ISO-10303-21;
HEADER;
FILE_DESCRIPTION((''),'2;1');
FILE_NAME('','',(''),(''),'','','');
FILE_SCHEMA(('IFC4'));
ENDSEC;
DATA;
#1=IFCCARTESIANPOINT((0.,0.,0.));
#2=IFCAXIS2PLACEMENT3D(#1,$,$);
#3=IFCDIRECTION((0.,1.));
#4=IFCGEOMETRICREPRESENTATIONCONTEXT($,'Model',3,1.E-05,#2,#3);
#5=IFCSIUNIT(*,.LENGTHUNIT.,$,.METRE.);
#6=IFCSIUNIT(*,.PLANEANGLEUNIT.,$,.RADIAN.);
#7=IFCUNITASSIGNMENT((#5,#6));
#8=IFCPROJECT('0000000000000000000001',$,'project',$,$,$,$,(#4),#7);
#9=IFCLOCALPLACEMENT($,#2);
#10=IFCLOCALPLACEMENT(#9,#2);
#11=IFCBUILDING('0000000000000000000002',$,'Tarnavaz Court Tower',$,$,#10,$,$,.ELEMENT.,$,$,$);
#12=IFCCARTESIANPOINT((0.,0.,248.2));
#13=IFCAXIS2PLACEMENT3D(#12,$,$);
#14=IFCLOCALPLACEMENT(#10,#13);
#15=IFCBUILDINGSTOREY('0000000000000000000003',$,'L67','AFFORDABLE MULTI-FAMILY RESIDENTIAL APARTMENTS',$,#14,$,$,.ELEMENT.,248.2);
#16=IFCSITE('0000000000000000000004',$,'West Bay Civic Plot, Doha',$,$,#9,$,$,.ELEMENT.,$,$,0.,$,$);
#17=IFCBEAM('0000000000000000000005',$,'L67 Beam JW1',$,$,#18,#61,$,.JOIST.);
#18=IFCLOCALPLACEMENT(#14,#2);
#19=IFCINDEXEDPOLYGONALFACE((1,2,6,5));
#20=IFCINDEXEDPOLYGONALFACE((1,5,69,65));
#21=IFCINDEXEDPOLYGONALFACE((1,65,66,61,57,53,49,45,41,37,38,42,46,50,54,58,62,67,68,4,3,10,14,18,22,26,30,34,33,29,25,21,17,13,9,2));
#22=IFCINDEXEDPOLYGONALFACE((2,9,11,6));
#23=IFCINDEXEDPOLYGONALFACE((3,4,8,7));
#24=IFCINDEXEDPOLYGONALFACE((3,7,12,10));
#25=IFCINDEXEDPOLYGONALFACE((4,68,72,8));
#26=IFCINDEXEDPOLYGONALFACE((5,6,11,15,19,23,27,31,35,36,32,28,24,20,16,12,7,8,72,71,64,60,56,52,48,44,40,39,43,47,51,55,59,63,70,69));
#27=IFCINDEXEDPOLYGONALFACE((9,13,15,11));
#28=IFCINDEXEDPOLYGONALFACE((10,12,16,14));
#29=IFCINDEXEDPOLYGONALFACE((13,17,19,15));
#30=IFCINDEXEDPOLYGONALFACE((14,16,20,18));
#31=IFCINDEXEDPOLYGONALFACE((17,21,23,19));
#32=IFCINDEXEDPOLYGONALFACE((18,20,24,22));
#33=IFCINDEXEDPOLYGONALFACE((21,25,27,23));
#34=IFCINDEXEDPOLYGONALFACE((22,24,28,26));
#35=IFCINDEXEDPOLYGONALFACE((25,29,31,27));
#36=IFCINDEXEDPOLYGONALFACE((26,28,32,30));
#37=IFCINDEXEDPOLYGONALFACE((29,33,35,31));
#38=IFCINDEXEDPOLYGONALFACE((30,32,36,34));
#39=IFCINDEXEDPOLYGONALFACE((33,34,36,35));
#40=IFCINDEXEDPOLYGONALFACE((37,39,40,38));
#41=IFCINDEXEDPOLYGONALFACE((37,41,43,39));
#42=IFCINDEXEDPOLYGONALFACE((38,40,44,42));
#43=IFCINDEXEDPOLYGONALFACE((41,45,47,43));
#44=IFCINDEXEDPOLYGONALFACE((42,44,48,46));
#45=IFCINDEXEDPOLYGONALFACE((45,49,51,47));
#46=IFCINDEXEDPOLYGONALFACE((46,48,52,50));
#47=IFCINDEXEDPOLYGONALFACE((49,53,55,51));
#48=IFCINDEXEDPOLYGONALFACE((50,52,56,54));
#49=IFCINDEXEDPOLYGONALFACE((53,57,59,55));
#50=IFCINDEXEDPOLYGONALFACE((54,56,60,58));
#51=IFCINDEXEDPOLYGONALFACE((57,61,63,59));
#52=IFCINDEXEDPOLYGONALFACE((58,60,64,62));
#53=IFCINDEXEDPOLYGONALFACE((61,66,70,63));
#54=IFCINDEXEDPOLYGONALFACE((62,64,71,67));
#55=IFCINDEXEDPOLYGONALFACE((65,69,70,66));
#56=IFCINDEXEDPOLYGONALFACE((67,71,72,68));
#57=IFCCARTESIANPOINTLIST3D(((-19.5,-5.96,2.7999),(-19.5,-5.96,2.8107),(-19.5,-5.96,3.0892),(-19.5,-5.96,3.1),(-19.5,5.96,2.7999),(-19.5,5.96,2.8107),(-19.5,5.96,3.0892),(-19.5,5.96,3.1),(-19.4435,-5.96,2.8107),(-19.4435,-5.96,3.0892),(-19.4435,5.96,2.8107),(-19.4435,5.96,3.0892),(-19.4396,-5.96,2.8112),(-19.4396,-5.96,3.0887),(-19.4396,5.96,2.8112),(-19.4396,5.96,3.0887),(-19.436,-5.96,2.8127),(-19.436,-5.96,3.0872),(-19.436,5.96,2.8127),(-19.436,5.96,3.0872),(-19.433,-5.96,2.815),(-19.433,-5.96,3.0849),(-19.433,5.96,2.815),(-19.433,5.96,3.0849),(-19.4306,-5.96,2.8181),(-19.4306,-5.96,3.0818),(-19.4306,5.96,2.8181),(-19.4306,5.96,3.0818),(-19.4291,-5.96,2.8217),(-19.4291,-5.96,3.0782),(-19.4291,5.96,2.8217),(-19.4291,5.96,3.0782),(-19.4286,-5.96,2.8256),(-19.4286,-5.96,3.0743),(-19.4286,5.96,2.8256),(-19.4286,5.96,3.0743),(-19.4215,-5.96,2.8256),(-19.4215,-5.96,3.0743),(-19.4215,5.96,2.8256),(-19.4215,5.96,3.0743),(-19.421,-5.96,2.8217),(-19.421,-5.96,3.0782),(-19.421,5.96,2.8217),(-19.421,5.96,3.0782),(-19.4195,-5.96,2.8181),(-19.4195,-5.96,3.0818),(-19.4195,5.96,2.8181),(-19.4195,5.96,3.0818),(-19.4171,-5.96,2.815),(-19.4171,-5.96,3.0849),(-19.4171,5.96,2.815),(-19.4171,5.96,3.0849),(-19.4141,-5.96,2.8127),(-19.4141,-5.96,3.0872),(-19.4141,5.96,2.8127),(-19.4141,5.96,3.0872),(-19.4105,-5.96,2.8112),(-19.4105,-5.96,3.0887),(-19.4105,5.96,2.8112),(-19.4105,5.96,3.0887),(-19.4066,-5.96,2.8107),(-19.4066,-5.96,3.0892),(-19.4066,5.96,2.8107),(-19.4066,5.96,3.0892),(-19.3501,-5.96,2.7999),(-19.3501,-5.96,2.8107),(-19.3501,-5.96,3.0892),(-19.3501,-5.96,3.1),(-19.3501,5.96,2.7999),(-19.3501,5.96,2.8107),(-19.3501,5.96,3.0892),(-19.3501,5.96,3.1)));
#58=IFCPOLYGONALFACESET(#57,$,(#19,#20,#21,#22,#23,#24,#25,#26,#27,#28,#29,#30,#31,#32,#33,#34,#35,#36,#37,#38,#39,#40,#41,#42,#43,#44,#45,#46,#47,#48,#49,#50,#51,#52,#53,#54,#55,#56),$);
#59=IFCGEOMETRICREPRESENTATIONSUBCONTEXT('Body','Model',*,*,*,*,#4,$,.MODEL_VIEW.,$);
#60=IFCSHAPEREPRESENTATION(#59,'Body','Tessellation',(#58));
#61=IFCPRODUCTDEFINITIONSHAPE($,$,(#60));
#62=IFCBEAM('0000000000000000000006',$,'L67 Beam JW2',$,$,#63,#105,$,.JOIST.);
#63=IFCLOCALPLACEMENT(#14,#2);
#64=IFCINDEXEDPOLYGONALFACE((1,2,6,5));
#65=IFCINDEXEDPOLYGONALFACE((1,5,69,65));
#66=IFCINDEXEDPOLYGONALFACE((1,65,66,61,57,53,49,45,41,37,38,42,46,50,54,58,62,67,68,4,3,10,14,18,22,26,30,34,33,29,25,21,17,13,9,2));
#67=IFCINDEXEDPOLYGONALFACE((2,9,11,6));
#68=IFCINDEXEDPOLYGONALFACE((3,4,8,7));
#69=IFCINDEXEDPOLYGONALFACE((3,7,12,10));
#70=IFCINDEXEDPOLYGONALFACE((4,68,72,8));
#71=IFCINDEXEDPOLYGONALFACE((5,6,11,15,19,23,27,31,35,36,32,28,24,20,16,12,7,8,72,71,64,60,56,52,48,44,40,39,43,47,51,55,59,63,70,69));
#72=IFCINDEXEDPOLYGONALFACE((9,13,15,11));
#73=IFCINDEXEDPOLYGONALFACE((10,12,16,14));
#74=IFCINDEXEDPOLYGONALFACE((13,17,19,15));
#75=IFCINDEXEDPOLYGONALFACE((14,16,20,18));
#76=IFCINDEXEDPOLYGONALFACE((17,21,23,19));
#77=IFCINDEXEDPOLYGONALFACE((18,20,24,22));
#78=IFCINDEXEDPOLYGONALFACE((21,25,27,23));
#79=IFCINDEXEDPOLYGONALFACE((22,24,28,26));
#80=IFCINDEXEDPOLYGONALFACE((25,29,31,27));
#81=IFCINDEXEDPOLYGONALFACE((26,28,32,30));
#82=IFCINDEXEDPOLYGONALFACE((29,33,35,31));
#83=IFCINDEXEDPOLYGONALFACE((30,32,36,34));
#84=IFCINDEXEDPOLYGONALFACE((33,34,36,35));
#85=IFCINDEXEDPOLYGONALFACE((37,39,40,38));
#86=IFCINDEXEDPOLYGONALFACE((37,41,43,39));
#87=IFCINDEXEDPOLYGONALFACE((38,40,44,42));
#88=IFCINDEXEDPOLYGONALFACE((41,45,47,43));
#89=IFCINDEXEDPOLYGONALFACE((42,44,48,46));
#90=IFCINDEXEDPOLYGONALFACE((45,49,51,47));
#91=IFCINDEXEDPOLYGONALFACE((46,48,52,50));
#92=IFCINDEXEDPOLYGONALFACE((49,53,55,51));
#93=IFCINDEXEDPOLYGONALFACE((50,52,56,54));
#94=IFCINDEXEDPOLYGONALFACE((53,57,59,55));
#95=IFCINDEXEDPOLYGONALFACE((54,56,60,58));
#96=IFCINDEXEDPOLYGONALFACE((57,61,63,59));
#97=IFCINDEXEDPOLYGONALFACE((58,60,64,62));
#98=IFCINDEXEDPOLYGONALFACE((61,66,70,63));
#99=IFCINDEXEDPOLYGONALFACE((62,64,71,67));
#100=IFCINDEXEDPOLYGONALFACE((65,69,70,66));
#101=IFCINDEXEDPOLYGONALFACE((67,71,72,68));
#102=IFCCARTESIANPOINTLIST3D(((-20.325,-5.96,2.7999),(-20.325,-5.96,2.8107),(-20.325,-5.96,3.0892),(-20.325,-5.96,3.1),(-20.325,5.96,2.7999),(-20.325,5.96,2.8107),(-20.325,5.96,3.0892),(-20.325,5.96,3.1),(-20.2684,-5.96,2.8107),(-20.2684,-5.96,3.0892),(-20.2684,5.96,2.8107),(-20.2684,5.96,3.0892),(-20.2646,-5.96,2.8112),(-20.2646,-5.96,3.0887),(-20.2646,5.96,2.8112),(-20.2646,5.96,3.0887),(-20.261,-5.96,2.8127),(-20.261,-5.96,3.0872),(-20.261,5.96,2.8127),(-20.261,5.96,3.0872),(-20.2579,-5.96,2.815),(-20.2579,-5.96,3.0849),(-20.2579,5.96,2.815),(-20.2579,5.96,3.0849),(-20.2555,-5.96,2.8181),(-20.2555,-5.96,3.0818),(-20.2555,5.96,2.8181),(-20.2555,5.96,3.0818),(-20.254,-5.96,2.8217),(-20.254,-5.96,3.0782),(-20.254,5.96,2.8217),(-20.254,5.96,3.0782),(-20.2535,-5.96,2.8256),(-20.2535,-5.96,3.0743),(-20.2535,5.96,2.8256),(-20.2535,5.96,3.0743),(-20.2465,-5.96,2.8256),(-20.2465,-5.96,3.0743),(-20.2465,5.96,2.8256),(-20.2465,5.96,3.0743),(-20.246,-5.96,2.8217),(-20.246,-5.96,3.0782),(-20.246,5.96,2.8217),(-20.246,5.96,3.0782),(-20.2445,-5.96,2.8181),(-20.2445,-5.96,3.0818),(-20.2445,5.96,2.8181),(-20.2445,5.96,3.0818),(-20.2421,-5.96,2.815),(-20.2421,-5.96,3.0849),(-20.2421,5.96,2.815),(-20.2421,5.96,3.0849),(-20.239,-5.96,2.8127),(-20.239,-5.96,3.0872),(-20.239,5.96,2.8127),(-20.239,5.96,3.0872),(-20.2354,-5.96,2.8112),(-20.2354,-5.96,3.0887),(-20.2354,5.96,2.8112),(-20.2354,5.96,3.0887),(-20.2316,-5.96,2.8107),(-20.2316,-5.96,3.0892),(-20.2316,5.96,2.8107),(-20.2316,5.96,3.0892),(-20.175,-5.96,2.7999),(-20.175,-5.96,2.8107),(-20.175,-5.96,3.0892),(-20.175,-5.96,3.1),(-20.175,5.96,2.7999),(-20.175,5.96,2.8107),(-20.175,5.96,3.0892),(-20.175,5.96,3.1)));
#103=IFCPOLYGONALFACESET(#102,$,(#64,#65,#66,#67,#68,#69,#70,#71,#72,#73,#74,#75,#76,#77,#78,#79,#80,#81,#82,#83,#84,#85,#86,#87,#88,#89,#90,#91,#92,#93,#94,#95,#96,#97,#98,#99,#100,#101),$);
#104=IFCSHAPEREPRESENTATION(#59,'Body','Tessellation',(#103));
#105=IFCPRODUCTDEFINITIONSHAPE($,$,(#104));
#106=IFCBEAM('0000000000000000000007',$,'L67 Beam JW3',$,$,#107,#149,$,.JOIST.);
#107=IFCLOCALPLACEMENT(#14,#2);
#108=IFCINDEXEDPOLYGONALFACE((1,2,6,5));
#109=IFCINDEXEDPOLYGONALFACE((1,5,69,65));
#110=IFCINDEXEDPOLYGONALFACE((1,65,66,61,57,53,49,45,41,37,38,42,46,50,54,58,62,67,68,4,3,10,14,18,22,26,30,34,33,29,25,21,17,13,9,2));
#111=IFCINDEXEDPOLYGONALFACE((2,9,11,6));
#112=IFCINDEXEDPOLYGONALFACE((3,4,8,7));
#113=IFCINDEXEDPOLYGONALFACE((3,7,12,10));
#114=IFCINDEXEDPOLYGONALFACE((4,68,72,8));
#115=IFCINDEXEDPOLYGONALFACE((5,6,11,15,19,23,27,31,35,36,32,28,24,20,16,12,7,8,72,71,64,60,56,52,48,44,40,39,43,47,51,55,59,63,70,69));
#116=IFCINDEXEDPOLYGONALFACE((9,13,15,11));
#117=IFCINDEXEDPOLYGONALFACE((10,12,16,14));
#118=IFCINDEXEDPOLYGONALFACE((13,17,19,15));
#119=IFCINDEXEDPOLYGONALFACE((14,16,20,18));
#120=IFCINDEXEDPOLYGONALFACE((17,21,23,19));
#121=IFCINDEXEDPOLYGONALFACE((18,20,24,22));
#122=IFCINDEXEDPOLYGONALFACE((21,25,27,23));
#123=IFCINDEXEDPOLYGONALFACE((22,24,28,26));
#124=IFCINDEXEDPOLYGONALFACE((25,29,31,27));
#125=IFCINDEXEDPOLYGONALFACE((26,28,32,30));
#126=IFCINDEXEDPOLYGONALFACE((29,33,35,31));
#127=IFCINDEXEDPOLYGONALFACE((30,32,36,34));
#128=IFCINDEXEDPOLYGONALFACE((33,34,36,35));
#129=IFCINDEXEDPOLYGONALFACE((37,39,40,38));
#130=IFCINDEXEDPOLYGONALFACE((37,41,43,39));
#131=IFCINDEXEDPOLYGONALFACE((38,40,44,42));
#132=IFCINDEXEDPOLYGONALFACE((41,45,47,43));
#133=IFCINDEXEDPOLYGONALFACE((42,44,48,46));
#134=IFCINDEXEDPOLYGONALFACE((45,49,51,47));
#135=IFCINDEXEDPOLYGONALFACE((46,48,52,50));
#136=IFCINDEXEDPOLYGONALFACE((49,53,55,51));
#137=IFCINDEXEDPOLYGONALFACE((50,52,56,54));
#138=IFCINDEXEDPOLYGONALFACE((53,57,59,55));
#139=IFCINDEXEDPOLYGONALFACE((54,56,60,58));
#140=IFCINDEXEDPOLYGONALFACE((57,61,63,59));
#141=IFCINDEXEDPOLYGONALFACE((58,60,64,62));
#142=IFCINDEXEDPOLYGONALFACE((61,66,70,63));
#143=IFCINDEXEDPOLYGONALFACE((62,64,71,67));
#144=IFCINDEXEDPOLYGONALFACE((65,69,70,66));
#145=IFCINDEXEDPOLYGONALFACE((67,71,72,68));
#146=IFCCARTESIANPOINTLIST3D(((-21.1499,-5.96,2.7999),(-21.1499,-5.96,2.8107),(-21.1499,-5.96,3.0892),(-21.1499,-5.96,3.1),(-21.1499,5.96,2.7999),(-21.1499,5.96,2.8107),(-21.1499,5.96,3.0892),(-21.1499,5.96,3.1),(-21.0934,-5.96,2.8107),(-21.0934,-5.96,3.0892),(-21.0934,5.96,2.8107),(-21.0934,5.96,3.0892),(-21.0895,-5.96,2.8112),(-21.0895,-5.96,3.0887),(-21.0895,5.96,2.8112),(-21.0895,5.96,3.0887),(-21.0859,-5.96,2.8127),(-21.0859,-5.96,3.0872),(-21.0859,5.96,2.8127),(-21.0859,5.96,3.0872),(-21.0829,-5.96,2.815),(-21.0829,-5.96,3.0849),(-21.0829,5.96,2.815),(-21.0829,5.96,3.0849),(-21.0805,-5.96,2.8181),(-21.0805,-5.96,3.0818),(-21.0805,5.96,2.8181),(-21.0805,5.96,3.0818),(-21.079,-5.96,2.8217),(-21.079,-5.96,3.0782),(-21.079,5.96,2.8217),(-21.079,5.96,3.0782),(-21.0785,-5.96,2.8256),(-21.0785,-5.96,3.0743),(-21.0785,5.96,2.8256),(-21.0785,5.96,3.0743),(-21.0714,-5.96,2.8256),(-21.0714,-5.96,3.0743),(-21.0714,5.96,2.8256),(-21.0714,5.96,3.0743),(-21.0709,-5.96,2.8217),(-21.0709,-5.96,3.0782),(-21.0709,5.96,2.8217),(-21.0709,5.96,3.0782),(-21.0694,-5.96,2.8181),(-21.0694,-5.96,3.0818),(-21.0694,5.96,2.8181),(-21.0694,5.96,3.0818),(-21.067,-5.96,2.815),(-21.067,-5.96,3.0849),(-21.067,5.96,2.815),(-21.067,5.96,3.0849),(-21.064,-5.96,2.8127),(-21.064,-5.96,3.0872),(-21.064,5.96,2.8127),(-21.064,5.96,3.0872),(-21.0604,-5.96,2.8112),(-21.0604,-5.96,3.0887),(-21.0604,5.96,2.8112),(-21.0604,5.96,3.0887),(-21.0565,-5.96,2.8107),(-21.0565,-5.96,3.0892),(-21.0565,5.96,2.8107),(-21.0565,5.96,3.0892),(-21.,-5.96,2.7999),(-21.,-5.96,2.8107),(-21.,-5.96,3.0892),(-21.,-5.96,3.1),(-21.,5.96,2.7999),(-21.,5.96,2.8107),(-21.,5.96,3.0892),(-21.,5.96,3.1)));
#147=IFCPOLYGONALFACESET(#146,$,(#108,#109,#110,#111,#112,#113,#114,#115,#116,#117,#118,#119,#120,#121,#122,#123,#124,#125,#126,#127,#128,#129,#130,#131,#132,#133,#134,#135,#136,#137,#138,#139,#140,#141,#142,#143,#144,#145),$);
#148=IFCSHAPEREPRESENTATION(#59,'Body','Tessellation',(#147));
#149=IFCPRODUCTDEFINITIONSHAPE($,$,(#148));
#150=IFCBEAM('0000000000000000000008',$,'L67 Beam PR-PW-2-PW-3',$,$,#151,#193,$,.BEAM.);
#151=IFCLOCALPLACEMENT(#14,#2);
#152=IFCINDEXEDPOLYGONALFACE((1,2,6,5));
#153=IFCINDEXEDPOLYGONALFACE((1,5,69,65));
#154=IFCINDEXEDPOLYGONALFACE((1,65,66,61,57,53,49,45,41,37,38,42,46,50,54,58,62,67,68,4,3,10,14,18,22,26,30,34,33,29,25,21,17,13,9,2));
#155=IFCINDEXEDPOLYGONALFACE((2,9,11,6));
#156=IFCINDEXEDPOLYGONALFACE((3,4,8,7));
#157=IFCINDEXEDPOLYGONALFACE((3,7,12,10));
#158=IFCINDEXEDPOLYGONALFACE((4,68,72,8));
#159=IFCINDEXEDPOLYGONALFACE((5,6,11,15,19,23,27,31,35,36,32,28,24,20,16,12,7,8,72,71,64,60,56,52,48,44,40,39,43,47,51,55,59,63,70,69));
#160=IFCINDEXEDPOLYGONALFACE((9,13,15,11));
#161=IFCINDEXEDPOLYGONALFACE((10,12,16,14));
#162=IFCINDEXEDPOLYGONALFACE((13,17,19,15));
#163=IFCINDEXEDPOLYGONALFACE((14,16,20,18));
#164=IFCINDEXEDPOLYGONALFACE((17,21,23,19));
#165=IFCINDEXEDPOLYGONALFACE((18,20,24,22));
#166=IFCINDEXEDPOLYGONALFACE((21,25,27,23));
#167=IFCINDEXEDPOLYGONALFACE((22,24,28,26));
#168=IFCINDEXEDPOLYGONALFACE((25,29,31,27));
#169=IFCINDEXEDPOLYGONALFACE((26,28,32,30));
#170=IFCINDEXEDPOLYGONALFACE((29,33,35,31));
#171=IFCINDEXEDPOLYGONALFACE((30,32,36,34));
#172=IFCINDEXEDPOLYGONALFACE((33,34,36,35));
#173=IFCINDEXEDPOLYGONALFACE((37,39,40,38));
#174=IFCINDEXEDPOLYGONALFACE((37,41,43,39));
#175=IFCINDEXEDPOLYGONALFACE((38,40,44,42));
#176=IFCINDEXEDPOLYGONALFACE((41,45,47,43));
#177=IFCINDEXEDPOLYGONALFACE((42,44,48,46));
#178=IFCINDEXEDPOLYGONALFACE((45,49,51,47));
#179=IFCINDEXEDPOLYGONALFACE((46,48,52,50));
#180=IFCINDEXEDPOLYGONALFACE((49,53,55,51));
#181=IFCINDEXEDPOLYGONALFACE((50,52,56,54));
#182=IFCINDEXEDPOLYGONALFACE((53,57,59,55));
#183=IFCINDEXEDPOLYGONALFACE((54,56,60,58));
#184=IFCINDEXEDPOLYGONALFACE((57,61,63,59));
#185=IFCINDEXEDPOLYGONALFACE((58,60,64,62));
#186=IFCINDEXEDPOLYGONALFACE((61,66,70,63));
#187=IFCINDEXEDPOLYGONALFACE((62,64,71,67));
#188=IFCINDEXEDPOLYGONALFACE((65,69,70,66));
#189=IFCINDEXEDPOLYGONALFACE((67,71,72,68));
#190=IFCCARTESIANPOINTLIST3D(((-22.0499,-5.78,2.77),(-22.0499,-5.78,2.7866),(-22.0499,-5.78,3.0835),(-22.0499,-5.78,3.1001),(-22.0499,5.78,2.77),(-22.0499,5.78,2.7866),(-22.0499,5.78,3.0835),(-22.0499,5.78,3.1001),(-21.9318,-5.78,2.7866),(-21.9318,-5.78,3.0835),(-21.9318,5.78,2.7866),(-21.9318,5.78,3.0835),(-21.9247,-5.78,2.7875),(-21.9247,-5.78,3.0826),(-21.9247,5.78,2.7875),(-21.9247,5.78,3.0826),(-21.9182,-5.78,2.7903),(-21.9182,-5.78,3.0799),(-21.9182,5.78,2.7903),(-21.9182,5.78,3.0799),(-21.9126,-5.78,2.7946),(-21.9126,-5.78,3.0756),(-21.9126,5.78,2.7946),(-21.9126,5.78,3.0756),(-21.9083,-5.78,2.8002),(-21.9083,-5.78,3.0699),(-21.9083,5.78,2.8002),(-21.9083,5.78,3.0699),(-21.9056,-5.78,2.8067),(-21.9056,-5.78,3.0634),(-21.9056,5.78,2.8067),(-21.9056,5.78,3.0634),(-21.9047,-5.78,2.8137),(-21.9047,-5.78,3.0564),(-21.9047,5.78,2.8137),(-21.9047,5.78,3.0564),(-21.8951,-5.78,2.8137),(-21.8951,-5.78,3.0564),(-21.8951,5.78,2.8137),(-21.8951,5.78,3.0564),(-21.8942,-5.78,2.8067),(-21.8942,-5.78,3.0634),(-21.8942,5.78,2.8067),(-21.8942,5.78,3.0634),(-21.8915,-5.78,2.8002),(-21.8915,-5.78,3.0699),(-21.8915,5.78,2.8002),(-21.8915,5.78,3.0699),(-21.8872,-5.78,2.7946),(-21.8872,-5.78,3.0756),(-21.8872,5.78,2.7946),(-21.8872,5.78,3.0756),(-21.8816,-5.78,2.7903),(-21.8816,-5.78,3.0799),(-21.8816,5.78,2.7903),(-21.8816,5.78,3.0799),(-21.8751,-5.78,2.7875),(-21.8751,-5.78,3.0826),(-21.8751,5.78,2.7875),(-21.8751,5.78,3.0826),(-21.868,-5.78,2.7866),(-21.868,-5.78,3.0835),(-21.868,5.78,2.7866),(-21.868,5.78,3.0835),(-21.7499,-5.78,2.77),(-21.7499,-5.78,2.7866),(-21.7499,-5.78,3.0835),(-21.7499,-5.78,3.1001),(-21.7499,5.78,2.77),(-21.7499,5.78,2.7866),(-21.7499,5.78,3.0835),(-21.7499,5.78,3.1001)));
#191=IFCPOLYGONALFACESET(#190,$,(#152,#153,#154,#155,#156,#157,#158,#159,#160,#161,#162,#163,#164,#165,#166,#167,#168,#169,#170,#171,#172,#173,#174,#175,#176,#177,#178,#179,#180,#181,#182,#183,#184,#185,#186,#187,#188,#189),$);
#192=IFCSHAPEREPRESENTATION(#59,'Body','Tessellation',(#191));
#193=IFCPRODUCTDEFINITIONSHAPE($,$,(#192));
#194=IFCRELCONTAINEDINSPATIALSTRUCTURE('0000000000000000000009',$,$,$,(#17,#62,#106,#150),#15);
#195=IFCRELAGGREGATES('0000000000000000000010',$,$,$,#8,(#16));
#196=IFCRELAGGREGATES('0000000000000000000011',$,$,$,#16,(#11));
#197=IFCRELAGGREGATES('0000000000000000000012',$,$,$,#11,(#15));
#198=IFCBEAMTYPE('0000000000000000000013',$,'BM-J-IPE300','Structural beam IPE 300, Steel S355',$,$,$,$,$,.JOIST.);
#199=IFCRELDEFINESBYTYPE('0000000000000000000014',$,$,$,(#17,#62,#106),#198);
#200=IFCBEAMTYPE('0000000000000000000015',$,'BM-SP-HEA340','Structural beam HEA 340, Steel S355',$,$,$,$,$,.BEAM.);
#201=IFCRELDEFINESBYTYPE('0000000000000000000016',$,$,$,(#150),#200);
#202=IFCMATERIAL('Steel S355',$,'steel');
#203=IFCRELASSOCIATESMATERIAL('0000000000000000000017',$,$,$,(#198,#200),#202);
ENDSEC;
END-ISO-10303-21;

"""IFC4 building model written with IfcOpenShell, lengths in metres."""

from ifc_helpers import new_model, si_unit, direction, frame, origin, origin_2d, place, context, subcontext, project, spatial, i_section, extrude, material, material_profile, profile_set, type_object, element, save


model = new_model("IFC4")

# Units and contexts
model_context = context("Model", 3, precision=1e-05, world=origin(), true_north=direction((0.0, 1.0)))
body_context = subcontext(model_context, "Body", "Model", "MODEL_VIEW")
ifc_project = project(units=[si_unit("LENGTHUNIT", "METRE"), si_unit("PLANEANGLEUNIT", "RADIAN")], contexts=[model_context])

# Site, building, storey
site_placement = place(None, origin())
site = spatial("IfcSite", under=ifc_project, at=site_placement, Name="West Bay Civic Plot, Doha", CompositionType="ELEMENT", RefElevation=0.0)
building_placement = place(site_placement, origin())
building = spatial("IfcBuilding", under=site, at=building_placement, Name="Tarnavaz Court Tower", CompositionType="ELEMENT")
storey_placement = place(building_placement, frame((0.0, 0.0, 248.2)))
storey = spatial("IfcBuildingStorey", under=building, at=storey_placement, Name="L67", Description="AFFORDABLE MULTI-FAMILY RESIDENTIAL APARTMENTS", CompositionType="ELEMENT", Elevation=248.2)

# Beams
ifc_material_1 = material(Name="Steel S355", Category="steel")
ifc_material_profile_1 = material_profile(ifc_material_1, i_section(OverallWidth=0.1499, OverallDepth=0.3, WebThickness=0.0071, FlangeThickness=0.0107, FilletRadius=0.0149, at=origin_2d()), Name="IPE 300")
ifc_profile_set_1 = profile_set([ifc_material_profile_1], Name="Steel S355")
beam_type_1 = type_object("IfcBeamType", Name="BM-J-IPE300", Description="Structural beam IPE 300, Steel S355", PredefinedType="JOIST", material=ifc_profile_set_1)
for number, where, z_axis, x_axis, name in (
    (1, (-19.425, -5.96, 2.95), (0.0, 1.0, 0.0), (-1.0, 0.0, 0.0), "L67 Beam JW1"),
    (2, (-20.25, -5.96, 2.95), (0.0, 1.0, 0.0), (-1.0, 0.0, 0.0), "L67 Beam JW2"),
    (3, (-21.075, -5.96, 2.95), (0.0, 1.0, 0.0), (-1.0, 0.0, 0.0), "L67 Beam JW3"),
):
    element("IfcBeam", number, at=place(storey_placement, frame(where, z_axis=z_axis, x_axis=x_axis)), inside=storey, type_object=beam_type_1, Name=name, PredefinedType="JOIST", context=body_context, shape_type="SweptSolid", body=[
        extrude(i_section(OverallWidth=0.1499, OverallDepth=0.3, WebThickness=0.0071, FlangeThickness=0.0107, FilletRadius=0.0149, at=origin_2d()), origin(), (0.0, 0.0, 1.0), 11.9199),
    ])
ifc_material_profile_2 = material_profile(ifc_material_1, i_section(OverallWidth=0.3, OverallDepth=0.3301, WebThickness=0.0095, FlangeThickness=0.0166, FilletRadius=0.0271, at=origin_2d()), Name="HEA 340")
ifc_profile_set_2 = profile_set([ifc_material_profile_2], Name="Steel S355")
beam_type_2 = type_object("IfcBeamType", Name="BM-SP-HEA340", Description="Structural beam HEA 340, Steel S355", PredefinedType="BEAM", material=ifc_profile_set_2)
beam_1_placement = place(storey_placement, frame((-21.8999, -5.78, 2.9351), z_axis=(0.0, 1.0, 0.0), x_axis=(-1.0, 0.0, 0.0)))
element("IfcBeam", 4, at=beam_1_placement, inside=storey, type_object=beam_type_2, Name="L67 Beam PR-PW-2-PW-3", PredefinedType="BEAM", context=body_context, shape_type="SweptSolid", body=[
    extrude(i_section(OverallWidth=0.3, OverallDepth=0.3301, WebThickness=0.0095, FlangeThickness=0.0166, FilletRadius=0.0271, at=origin_2d()), origin(), (0.0, 0.0, 1.0), 11.5601),
])

save(model, "model.ifc")
